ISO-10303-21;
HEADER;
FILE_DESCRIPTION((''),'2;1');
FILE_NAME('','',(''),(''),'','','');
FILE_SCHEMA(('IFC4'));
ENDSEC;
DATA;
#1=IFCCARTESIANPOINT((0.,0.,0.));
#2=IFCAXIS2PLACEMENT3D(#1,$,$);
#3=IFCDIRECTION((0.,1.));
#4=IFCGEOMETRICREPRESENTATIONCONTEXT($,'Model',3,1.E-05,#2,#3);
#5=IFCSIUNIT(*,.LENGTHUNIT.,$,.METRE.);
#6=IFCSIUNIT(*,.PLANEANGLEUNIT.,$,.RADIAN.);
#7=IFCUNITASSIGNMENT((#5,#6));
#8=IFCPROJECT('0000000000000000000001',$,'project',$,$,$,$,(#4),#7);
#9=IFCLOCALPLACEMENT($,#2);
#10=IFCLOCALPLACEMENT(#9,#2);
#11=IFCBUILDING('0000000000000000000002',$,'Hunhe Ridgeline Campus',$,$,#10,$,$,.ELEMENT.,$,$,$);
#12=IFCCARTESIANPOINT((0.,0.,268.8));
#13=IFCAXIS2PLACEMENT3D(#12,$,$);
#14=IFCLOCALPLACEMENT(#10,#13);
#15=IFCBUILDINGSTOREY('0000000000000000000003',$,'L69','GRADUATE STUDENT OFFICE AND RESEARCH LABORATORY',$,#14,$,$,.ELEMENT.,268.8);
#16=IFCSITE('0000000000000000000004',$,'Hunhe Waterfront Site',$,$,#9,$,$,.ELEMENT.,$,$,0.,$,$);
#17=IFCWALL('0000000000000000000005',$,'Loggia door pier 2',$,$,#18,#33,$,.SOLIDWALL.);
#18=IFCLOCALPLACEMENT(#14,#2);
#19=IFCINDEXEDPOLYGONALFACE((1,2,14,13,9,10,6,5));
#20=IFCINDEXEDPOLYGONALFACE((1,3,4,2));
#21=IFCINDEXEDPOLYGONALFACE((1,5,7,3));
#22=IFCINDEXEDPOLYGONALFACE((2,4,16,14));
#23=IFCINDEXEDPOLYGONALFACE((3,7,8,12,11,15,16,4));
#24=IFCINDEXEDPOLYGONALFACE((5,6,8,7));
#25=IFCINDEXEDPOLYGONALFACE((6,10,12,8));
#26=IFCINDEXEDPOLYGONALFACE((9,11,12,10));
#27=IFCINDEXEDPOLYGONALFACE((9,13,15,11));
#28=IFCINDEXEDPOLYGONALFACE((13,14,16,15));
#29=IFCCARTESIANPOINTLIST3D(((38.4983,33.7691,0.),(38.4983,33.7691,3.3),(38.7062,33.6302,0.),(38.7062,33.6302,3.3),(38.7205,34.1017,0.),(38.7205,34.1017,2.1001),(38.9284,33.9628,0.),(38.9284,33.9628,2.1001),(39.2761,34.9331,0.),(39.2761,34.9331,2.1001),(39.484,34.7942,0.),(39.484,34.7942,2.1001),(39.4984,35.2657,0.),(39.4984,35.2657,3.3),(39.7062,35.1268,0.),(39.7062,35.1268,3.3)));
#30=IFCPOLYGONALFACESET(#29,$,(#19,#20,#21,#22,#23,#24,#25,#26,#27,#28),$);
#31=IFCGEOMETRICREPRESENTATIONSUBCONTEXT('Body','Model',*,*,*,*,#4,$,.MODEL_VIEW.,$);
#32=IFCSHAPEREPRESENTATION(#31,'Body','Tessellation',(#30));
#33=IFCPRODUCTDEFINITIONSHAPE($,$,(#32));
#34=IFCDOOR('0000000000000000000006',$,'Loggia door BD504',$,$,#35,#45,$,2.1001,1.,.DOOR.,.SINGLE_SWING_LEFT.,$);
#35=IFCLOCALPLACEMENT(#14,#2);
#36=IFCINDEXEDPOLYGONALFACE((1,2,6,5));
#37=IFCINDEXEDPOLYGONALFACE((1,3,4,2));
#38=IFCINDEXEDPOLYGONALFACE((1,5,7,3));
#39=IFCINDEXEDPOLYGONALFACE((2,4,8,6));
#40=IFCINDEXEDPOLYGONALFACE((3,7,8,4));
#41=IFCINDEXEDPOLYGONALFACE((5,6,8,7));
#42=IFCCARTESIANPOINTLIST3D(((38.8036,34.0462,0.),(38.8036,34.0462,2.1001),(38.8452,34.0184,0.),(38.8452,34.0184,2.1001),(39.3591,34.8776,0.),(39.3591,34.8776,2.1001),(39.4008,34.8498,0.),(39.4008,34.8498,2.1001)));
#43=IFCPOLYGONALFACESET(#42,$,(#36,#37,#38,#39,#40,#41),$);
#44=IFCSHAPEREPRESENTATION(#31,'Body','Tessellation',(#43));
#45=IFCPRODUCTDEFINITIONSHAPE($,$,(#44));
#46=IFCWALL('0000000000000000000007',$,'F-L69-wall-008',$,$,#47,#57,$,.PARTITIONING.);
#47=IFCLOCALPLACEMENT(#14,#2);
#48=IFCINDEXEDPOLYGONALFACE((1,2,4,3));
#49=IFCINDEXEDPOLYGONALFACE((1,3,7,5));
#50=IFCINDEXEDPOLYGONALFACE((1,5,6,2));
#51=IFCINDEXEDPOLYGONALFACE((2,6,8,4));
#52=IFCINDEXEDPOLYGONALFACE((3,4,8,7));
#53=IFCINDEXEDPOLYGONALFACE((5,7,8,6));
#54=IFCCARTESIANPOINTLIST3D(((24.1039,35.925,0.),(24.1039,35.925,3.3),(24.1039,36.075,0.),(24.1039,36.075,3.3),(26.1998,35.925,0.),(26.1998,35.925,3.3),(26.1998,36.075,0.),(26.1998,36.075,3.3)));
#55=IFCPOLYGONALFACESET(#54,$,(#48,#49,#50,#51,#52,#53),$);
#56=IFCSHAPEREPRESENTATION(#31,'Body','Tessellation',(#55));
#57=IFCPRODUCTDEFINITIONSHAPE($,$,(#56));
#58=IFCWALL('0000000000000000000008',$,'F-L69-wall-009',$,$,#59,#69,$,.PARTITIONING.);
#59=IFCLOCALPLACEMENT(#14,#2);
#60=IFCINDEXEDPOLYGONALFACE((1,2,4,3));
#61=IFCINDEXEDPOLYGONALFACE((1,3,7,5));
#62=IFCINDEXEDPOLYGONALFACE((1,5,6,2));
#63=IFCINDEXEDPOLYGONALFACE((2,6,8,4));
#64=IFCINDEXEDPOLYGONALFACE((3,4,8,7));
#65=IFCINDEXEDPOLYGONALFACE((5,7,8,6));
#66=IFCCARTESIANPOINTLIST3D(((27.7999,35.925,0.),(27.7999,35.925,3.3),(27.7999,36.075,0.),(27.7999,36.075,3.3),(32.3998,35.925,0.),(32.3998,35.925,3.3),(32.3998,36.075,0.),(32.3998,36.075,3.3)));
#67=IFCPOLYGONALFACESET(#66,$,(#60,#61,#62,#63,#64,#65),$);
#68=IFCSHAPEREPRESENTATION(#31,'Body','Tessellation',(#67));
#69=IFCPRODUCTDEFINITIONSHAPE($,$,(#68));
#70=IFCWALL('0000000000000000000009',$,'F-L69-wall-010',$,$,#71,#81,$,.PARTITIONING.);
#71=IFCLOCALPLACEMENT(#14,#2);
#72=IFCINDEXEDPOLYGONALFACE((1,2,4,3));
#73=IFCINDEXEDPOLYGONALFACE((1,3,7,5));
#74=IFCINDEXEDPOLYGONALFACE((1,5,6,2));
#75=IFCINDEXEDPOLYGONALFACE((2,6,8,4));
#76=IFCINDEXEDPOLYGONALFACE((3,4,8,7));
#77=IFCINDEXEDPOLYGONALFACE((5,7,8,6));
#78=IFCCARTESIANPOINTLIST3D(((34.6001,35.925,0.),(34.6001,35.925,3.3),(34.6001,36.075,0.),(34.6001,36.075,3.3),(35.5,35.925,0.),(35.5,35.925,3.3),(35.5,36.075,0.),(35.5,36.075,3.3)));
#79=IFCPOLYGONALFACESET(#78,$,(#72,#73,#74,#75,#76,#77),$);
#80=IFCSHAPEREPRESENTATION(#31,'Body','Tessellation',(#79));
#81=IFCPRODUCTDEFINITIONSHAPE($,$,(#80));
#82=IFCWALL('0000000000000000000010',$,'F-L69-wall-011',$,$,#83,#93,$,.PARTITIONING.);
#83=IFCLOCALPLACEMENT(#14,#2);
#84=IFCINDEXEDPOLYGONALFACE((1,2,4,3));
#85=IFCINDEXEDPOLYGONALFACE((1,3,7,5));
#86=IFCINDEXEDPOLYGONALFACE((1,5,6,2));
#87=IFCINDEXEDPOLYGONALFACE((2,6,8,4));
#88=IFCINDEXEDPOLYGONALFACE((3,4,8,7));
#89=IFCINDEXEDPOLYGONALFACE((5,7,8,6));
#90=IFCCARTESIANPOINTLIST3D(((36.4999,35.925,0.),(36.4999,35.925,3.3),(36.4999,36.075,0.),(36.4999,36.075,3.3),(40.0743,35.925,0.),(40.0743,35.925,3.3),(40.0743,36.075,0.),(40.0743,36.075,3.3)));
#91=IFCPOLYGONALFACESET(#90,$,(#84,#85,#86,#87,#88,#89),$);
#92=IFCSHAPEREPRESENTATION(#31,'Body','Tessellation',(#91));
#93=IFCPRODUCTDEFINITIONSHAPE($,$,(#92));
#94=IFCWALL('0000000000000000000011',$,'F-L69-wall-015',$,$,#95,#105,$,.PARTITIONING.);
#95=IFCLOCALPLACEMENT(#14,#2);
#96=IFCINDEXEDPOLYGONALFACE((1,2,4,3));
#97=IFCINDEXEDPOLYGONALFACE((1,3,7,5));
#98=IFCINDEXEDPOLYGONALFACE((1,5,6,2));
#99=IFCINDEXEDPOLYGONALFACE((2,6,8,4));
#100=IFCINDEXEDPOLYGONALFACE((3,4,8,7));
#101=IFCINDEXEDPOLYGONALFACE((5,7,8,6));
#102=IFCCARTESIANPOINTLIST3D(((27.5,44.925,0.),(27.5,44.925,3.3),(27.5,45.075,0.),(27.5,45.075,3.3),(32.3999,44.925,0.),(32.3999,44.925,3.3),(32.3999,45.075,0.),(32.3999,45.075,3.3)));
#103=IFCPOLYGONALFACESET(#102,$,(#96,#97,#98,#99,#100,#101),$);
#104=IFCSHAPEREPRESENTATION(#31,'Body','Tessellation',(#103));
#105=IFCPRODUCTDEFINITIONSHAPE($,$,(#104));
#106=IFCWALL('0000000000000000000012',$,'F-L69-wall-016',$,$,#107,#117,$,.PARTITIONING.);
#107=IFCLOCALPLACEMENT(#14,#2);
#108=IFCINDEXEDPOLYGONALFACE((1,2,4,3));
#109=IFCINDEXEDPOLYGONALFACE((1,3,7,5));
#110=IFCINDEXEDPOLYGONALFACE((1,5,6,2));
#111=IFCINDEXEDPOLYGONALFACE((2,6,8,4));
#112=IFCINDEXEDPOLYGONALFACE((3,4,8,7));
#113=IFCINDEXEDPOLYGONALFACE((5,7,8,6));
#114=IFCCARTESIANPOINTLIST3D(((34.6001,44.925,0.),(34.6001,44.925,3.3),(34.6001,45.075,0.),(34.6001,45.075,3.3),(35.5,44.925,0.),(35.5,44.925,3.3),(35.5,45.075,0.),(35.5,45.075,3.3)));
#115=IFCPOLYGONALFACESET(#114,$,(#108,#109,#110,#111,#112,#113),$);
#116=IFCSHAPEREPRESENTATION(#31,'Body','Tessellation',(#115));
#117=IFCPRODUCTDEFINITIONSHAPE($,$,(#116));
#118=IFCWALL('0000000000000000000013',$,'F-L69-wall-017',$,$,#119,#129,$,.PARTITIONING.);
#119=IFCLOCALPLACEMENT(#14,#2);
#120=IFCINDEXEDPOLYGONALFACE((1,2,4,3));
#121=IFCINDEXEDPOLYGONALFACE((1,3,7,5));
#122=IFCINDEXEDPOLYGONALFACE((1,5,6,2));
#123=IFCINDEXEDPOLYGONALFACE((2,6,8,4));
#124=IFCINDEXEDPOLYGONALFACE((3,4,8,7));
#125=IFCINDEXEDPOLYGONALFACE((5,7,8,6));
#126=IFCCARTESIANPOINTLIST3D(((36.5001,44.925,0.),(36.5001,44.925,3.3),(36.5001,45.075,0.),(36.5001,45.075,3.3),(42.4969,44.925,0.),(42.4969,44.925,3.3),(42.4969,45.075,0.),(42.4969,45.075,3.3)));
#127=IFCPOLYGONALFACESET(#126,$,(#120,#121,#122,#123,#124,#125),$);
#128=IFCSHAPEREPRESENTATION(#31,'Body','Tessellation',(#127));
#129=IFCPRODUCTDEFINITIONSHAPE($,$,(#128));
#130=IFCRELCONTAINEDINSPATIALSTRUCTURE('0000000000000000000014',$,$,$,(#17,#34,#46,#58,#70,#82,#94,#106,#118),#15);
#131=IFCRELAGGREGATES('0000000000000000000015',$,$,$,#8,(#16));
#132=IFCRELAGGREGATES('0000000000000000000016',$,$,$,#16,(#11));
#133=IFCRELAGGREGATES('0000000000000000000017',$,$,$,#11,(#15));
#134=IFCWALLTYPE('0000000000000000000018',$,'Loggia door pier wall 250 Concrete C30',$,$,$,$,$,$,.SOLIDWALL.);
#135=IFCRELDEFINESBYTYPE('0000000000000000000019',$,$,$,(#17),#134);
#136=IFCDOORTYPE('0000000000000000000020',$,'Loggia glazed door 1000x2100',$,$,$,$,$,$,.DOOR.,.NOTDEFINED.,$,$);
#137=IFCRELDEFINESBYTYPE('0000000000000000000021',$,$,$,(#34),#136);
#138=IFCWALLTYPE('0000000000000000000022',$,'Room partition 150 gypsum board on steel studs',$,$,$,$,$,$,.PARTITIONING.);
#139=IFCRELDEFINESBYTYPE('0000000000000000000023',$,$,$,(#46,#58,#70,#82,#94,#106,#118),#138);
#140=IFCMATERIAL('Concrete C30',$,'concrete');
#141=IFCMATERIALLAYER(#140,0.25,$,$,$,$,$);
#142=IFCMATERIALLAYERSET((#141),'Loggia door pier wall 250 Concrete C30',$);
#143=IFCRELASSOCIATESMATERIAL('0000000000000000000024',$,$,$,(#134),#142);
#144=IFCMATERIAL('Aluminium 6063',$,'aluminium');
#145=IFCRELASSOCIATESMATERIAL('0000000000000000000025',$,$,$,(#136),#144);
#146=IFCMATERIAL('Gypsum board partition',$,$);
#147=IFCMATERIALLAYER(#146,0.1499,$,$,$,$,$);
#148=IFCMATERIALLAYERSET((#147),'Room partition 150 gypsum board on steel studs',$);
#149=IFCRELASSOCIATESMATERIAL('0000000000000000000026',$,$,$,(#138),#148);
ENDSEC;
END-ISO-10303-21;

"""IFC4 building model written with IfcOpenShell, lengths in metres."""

from ifc_helpers import new_model, si_unit, direction, frame, frame_2d, origin, place, context, subcontext, project, spatial, rectangle, extrude, material, layer, layer_set, type_object, element, fill, save


model = new_model("IFC4")

# Units and contexts
model_context = context("Model", 3, precision=1e-05, world=origin(), true_north=direction((0.0, 1.0)))
body_context = subcontext(model_context, "Body", "Model", "MODEL_VIEW")
ifc_project = project(units=[si_unit("LENGTHUNIT", "METRE"), si_unit("PLANEANGLEUNIT", "RADIAN")], contexts=[model_context])

# Site, building, storey
site_placement = place(None, origin())
site = spatial("IfcSite", under=ifc_project, at=site_placement, Name="Hunhe Waterfront Site", CompositionType="ELEMENT", RefElevation=0.0)
building_placement = place(site_placement, origin())
building = spatial("IfcBuilding", under=site, at=building_placement, Name="Hunhe Ridgeline Campus", CompositionType="ELEMENT")
storey_placement = place(building_placement, frame((0.0, 0.0, 268.8)))
storey = spatial("IfcBuildingStorey", under=building, at=storey_placement, Name="L69", Description="GRADUATE STUDENT OFFICE AND RESEARCH LABORATORY", CompositionType="ELEMENT", Elevation=268.8)

# Shared definitions
ifc_material_1 = material(Name="Aluminium 6063", Category="aluminium")

# Shared definitions
ifc_material_2 = material(Name="Gypsum board partition")

# Wall, opening, door
ifc_material_3 = material(Name="Concrete C30", Category="concrete")
ifc_layer_1 = layer(ifc_material_3, 0.25)
ifc_layer_set_1 = layer_set([ifc_layer_1], Name="Loggia door pier wall 250 Concrete C30")
wall_type_1 = type_object("IfcWallType", Name="Loggia door pier wall 250 Concrete C30", PredefinedType="SOLIDWALL", material=ifc_layer_set_1)
wall_1_placement = place(storey_placement, frame((38.6023, 33.6997, 0.0), z_axis=(0.0, 0.0, 1.0), x_axis=(0.555576, 0.831466, 0.0)))
wall_1 = element("IfcWall", 1, at=wall_1_placement, inside=storey, type_object=wall_type_1, Name="Loggia door pier 2", PredefinedType="SOLIDWALL", context=body_context, shape_type="SweptSolid", body=[
    extrude(rectangle(XDim=1.8, YDim=0.25, at=frame_2d((0.8999, 0.0))), origin(), (0.0, 0.0, 1.0), 3.3),
])
opening_placement = place(wall_1_placement, frame((0.3999, 0.0, 0.0)))
opening = element("IfcOpeningElement", 2, at=opening_placement, cuts=wall_1, PredefinedType="OPENING", context=body_context, shape_type="SweptSolid", body=[
    extrude(rectangle(XDim=1.0, YDim=2.1001, at=frame_2d((0.5, 1.05))), frame((0.0, 0.125, 0.0), z_axis=(0.0, -1.0, 0.0), x_axis=(1.0, 0.0, 0.0)), (0.0, 0.0, 1.0), 0.25),
])
door_type = type_object("IfcDoorType", Name="Loggia glazed door 1000x2100", OperationType="NOTDEFINED", PredefinedType="DOOR", material=ifc_material_1)
door_placement = place(opening_placement, frame((1.0, 0.0, 0.0), z_axis=(0.0, 0.0, 1.0), x_axis=(-1.0, 0.0, 0.0)))
door = element("IfcDoor", 3, at=door_placement, inside=storey, type_object=door_type, Name="Loggia door BD504", OperationType="SINGLE_SWING_LEFT", OverallHeight=2.1001, OverallWidth=1.0, PredefinedType="DOOR", context=body_context, shape_type="SweptSolid", body=[
    extrude(rectangle(XDim=1.0, YDim=2.1001, at=frame_2d((0.5, 1.05))), frame((0.0, 0.0249, 0.0), z_axis=(0.0, -1.0, 0.0), x_axis=(1.0, 0.0, 0.0)), (0.0, 0.0, 1.0), 0.05),
])
fill(opening, door)

# Walls
ifc_layer_2 = layer(ifc_material_2, 0.1499)
ifc_layer_set_2 = layer_set([ifc_layer_2], Name="Room partition 150 gypsum board on steel studs")
wall_type_2 = type_object("IfcWallType", Name="Room partition 150 gypsum board on steel studs", PredefinedType="PARTITIONING", material=ifc_layer_set_2)
wall_2_placement = place(storey_placement, frame((24.104, 36.0, 0.0), z_axis=(0.0, 0.0, 1.0), x_axis=(1.0, 0.0, 0.0)))
element("IfcWall", 4, at=wall_2_placement, inside=storey, type_object=wall_type_2, Name="F-L69-wall-008", PredefinedType="PARTITIONING", context=body_context, shape_type="SweptSolid", body=[
    extrude(rectangle(XDim=2.0959, YDim=0.1499, at=frame_2d((1.0479, 0.0))), origin(), (0.0, 0.0, 1.0), 3.3),
])
wall_3_placement = place(storey_placement, frame((27.8, 36.0, 0.0), z_axis=(0.0, 0.0, 1.0), x_axis=(1.0, 0.0, 0.0)))
element("IfcWall", 5, at=wall_3_placement, inside=storey, type_object=wall_type_2, Name="F-L69-wall-009", PredefinedType="PARTITIONING", context=body_context, shape_type="SweptSolid", body=[
    extrude(rectangle(XDim=4.5999, YDim=0.1499, at=frame_2d((2.2998, 0.0))), origin(), (0.0, 0.0, 1.0), 3.3),
])
wall_4_placement = place(storey_placement, frame((34.6001, 36.0, 0.0), z_axis=(0.0, 0.0, 1.0), x_axis=(1.0, 0.0, 0.0)))
element("IfcWall", 6, at=wall_4_placement, inside=storey, type_object=wall_type_2, Name="F-L69-wall-010", PredefinedType="PARTITIONING", context=body_context, shape_type="SweptSolid", body=[
    extrude(rectangle(XDim=0.8999, YDim=0.1499, at=frame_2d((0.45, 0.0))), origin(), (0.0, 0.0, 1.0), 3.3),
])
wall_5_placement = place(storey_placement, frame((36.5, 36.0, 0.0), z_axis=(0.0, 0.0, 1.0), x_axis=(1.0, 0.0, 0.0)))
element("IfcWall", 7, at=wall_5_placement, inside=storey, type_object=wall_type_2, Name="F-L69-wall-011", PredefinedType="PARTITIONING", context=body_context, shape_type="SweptSolid", body=[
    extrude(rectangle(XDim=3.5745, YDim=0.1499, at=frame_2d((1.7871, 0.0))), origin(), (0.0, 0.0, 1.0), 3.3),
])
wall_6_placement = place(storey_placement, frame((27.5, 45.0, 0.0), z_axis=(0.0, 0.0, 1.0), x_axis=(1.0, 0.0, 0.0)))
element("IfcWall", 8, at=wall_6_placement, inside=storey, type_object=wall_type_2, Name="F-L69-wall-015", PredefinedType="PARTITIONING", context=body_context, shape_type="SweptSolid", body=[
    extrude(rectangle(XDim=4.8999, YDim=0.1499, at=frame_2d((2.45, 0.0))), origin(), (0.0, 0.0, 1.0), 3.3),
])
wall_7_placement = place(storey_placement, frame((34.6001, 45.0, 0.0), z_axis=(0.0, 0.0, 1.0), x_axis=(1.0, 0.0, 0.0)))
element("IfcWall", 9, at=wall_7_placement, inside=storey, type_object=wall_type_2, Name="F-L69-wall-016", PredefinedType="PARTITIONING", context=body_context, shape_type="SweptSolid", body=[
    extrude(rectangle(XDim=0.8999, YDim=0.1499, at=frame_2d((0.45, 0.0))), origin(), (0.0, 0.0, 1.0), 3.3),
])
wall_8_placement = place(storey_placement, frame((36.5, 45.0, 0.0), z_axis=(0.0, 0.0, 1.0), x_axis=(1.0, 0.0, 0.0)))
element("IfcWall", 10, at=wall_8_placement, inside=storey, type_object=wall_type_2, Name="F-L69-wall-017", PredefinedType="PARTITIONING", context=body_context, shape_type="SweptSolid", body=[
    extrude(rectangle(XDim=5.9968, YDim=0.1499, at=frame_2d((2.9985, 0.0))), origin(), (0.0, 0.0, 1.0), 3.3),
])

save(model, "model.ifc")
